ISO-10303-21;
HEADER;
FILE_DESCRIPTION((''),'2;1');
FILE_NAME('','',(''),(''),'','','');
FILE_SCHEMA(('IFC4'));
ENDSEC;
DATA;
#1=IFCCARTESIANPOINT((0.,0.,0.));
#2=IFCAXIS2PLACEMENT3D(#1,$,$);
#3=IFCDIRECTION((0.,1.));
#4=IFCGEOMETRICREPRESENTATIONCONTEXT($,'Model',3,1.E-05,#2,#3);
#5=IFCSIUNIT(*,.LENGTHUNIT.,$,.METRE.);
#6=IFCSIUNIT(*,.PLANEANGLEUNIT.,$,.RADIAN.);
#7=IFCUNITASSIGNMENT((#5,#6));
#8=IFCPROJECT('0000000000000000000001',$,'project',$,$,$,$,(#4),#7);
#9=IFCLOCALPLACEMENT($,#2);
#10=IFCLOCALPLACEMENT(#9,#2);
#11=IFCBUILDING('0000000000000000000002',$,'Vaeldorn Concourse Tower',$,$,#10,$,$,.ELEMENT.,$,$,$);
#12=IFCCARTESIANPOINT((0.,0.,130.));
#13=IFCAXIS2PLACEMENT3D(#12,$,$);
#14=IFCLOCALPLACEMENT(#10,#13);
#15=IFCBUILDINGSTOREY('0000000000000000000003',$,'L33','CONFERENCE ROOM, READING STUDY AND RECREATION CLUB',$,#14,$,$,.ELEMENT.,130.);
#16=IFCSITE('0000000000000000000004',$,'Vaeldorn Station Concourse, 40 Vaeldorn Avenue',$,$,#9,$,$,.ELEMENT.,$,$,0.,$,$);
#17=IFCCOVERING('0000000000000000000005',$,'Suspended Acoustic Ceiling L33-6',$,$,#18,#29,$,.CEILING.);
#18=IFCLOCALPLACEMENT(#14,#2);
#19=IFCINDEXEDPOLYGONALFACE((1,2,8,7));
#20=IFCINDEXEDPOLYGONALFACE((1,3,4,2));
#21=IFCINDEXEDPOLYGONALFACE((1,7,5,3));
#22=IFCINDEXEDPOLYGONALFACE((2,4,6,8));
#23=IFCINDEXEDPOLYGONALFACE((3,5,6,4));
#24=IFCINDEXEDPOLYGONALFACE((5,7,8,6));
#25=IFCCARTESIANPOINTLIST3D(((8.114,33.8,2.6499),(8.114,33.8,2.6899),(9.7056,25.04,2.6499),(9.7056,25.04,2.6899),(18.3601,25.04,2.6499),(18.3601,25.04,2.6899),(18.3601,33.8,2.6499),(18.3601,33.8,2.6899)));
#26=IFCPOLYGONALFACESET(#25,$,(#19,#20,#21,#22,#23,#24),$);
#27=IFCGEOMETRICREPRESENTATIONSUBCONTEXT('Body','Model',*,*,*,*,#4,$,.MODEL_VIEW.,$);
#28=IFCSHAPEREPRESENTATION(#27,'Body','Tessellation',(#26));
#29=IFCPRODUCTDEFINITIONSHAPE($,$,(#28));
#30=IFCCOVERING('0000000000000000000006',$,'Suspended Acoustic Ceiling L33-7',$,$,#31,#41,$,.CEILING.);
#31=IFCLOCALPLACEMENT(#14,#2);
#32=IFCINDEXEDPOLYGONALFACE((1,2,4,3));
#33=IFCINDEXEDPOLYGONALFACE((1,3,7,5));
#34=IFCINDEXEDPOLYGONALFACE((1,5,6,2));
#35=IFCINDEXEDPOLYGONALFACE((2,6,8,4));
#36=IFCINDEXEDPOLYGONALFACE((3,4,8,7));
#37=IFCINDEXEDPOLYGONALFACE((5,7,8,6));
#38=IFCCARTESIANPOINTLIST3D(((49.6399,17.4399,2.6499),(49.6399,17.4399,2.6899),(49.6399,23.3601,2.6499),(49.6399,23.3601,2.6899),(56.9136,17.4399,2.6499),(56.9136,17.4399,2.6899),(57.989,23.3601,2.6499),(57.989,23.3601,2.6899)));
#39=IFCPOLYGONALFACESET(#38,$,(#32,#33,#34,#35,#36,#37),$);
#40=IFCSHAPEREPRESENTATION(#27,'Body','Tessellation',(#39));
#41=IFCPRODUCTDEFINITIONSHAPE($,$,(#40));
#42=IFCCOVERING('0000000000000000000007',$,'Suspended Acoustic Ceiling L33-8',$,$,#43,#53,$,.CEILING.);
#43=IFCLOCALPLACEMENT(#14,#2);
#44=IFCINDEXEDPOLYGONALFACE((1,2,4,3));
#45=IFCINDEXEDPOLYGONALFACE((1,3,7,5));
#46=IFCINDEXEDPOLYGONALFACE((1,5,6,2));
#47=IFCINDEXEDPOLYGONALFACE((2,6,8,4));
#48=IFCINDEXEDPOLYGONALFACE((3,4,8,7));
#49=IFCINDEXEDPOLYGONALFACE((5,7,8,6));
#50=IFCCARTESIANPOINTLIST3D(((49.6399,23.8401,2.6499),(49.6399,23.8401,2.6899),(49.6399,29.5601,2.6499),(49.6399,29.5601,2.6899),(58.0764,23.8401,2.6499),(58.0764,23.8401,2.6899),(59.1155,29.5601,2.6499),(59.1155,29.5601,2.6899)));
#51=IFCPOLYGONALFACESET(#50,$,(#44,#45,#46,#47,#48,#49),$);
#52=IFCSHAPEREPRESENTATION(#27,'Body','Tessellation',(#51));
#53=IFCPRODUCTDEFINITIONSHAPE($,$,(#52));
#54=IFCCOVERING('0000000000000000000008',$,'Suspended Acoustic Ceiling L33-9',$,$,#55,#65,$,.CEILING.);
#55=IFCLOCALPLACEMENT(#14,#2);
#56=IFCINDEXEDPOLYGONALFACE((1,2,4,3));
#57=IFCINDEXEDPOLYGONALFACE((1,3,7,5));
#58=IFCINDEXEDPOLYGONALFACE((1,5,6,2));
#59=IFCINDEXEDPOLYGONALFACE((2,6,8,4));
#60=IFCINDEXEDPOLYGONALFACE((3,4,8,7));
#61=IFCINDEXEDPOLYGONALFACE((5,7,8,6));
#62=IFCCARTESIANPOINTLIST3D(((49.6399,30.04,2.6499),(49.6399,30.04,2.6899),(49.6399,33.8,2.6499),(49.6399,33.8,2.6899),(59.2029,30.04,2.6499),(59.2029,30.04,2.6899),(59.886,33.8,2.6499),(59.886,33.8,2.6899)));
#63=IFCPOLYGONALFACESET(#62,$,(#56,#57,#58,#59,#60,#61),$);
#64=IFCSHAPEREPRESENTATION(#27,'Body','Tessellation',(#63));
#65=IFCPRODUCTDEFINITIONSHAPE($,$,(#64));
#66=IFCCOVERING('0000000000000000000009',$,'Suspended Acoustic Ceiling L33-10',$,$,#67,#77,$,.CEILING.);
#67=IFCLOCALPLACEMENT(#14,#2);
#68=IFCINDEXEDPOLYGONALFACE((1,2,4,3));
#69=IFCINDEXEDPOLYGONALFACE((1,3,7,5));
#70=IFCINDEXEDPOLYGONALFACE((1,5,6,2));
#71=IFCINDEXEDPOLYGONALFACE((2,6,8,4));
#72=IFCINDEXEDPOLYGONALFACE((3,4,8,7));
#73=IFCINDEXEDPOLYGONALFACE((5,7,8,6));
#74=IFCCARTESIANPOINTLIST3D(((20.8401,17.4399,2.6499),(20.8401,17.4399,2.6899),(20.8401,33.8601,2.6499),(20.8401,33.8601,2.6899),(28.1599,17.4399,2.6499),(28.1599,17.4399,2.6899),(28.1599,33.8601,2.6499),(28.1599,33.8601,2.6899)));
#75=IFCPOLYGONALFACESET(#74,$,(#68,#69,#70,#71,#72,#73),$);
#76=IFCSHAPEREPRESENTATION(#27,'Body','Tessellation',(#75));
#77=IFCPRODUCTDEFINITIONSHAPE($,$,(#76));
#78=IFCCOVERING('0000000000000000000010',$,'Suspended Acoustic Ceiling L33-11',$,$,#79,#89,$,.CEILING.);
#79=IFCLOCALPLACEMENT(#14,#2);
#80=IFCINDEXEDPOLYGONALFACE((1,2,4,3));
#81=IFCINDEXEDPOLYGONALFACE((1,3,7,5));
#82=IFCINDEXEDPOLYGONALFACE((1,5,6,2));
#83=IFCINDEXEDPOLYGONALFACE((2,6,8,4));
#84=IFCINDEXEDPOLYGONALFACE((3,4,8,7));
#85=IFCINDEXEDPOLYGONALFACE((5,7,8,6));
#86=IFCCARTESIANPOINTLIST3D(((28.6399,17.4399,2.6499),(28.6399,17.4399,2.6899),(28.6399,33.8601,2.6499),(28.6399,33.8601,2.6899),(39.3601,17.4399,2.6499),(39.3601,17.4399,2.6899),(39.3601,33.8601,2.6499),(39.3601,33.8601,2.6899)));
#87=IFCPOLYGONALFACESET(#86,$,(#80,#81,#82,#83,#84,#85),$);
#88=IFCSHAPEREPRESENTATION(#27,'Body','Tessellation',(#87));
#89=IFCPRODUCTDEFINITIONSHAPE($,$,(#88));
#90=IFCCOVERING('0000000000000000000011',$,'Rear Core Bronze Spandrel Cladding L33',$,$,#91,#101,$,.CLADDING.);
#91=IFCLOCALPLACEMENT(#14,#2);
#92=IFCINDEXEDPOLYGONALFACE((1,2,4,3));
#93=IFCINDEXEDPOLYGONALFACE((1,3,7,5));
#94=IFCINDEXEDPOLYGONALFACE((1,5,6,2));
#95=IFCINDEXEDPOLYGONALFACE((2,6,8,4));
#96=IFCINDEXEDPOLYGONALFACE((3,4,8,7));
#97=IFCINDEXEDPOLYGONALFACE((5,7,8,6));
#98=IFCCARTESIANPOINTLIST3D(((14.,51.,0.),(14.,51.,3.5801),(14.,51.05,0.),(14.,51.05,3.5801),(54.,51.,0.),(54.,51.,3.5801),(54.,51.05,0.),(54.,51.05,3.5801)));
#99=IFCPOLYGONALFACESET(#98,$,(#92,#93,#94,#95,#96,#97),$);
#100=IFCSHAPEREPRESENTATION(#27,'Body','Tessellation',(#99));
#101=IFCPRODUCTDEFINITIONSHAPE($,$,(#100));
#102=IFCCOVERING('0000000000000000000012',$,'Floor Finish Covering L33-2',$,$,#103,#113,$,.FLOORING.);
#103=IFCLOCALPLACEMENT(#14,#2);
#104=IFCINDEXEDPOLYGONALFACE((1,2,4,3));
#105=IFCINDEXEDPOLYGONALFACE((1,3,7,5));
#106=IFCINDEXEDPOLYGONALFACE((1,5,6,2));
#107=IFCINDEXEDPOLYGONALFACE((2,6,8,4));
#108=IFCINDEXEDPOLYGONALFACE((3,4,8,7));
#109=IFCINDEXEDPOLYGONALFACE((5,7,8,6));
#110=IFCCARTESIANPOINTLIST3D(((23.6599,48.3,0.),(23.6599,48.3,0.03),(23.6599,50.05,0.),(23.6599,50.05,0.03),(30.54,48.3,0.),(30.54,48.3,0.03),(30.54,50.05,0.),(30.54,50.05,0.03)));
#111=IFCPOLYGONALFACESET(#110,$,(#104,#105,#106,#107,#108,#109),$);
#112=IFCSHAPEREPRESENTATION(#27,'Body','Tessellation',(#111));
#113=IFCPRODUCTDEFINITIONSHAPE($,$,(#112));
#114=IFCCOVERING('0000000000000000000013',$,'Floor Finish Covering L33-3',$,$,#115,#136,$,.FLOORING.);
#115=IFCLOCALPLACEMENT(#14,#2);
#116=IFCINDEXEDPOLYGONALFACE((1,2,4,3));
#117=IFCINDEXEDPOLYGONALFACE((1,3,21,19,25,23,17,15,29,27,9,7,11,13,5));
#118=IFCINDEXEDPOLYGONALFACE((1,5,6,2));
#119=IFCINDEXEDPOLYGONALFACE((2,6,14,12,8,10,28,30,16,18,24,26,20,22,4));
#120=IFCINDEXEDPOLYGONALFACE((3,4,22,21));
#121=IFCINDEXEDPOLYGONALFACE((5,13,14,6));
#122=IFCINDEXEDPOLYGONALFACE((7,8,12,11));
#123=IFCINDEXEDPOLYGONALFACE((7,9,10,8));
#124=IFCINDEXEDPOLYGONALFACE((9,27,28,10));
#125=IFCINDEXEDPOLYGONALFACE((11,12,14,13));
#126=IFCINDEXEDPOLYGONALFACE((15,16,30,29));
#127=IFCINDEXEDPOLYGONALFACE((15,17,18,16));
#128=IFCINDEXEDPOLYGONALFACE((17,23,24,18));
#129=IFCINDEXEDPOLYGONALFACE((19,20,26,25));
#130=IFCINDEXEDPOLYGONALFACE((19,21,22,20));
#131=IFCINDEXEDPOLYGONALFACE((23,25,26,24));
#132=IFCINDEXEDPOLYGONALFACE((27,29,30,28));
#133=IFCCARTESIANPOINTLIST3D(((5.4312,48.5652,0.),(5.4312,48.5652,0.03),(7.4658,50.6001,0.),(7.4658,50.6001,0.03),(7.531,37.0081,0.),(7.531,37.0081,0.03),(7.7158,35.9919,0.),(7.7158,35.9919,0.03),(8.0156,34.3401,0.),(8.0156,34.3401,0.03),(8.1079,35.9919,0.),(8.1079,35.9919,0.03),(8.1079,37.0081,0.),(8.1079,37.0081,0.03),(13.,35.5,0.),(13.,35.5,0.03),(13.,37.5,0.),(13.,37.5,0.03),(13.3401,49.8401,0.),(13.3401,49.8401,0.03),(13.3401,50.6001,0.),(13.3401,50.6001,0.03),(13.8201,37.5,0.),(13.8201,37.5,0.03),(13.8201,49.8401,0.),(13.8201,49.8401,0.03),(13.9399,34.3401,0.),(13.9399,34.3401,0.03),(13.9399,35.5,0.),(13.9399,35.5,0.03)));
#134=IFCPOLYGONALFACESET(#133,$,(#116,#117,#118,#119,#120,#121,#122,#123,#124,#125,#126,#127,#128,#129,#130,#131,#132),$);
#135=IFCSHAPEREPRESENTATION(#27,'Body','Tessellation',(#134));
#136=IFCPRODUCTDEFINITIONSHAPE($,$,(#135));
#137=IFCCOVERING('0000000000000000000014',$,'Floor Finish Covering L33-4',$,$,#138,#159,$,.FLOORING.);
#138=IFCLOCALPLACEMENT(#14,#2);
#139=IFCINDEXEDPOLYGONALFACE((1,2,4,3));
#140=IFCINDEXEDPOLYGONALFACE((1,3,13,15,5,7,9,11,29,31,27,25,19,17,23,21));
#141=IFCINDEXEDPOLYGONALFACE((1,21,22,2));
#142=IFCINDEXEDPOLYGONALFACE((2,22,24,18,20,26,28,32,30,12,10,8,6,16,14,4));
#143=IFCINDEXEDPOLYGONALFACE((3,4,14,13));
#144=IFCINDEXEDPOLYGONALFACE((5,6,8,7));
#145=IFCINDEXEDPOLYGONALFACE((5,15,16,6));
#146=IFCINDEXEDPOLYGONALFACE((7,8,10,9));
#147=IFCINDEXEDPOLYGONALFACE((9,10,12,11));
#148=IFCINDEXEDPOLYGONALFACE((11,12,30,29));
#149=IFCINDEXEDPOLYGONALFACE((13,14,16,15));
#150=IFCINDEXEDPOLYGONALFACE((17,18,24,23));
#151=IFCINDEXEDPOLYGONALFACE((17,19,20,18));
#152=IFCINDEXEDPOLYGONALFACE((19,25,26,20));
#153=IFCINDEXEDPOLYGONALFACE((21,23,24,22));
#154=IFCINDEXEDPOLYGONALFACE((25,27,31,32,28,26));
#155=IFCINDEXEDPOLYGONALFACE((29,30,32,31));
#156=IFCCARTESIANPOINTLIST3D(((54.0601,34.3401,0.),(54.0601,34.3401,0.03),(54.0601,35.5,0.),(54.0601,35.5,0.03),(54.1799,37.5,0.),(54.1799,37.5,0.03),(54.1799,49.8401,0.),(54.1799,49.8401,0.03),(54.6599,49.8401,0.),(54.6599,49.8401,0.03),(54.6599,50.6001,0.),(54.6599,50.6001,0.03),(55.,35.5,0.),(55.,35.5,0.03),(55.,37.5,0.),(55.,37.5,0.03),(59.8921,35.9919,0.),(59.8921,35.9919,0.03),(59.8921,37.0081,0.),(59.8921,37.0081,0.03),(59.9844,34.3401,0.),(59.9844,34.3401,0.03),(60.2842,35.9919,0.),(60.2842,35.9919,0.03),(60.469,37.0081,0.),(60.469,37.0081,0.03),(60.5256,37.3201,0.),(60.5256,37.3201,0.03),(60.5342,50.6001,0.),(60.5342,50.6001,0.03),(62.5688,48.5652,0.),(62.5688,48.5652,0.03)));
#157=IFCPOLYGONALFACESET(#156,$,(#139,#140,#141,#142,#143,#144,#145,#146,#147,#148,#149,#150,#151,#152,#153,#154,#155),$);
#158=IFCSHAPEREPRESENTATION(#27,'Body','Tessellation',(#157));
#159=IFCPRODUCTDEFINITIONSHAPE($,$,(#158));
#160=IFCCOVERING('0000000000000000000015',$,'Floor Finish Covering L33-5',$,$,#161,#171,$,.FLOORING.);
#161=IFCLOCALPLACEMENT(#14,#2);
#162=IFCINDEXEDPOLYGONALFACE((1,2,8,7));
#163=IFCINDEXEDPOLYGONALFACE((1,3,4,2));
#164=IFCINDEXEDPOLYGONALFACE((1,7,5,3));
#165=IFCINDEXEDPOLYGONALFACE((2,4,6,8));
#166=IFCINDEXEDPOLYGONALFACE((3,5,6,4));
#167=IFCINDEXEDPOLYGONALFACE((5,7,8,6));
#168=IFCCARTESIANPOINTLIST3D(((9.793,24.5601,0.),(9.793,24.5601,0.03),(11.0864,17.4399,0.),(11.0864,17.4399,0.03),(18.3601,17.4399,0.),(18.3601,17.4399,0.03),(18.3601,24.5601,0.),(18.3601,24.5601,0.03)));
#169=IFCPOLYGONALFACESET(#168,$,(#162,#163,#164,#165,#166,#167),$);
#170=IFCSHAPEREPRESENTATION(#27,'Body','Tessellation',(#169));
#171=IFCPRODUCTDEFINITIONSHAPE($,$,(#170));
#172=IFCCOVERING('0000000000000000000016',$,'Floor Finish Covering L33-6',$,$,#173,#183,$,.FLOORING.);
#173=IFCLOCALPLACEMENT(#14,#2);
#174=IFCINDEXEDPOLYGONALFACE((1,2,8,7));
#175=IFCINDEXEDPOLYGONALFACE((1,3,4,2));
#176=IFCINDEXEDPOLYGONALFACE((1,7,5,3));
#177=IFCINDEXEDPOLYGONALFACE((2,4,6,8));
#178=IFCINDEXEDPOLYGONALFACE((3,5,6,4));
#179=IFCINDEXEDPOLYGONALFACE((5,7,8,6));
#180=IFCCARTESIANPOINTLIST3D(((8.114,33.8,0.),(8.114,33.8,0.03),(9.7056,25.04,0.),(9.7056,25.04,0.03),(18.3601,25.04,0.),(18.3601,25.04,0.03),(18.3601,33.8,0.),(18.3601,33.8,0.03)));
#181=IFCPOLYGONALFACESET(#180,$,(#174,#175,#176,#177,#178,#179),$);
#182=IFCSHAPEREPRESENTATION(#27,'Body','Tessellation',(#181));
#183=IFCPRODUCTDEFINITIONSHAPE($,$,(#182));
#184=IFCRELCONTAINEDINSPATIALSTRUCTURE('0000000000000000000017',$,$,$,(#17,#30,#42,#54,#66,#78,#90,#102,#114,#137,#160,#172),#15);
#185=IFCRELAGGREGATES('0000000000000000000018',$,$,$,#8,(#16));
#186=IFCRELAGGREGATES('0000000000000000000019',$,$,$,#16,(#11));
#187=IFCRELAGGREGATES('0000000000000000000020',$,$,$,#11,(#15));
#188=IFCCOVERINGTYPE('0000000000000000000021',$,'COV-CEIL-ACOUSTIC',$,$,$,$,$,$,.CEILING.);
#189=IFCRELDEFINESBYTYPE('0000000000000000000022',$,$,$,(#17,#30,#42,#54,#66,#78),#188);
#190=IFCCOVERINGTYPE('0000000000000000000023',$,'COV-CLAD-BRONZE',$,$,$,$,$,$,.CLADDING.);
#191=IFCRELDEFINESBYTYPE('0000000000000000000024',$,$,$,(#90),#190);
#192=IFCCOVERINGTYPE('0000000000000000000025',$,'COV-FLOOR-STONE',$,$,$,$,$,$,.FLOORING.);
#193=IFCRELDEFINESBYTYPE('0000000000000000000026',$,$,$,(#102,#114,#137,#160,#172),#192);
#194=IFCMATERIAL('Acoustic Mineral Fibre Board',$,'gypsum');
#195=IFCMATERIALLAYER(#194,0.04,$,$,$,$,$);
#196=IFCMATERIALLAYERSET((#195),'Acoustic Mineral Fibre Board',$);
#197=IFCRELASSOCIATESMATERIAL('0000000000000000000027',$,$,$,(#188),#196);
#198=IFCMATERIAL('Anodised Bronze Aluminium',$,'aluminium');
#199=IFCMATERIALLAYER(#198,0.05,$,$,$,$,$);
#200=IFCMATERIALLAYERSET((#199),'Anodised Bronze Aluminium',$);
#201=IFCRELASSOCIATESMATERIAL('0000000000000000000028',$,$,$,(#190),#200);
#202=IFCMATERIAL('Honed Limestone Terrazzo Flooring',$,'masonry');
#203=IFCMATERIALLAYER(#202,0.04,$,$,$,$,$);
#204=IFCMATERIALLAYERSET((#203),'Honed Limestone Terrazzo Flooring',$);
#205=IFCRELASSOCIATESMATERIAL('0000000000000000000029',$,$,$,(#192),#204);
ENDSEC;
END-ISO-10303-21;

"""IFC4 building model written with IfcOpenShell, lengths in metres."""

from ifc_helpers import new_model, si_unit, direction, frame, origin, place, context, subcontext, project, spatial, polyline, outline, extrude, material, layer, layer_set, type_object, element, save


model = new_model("IFC4")

# Units and contexts
model_context = context("Model", 3, precision=1e-05, world=origin(), true_north=direction((0.0, 1.0)))
body_context = subcontext(model_context, "Body", "Model", "MODEL_VIEW")
ifc_project = project(units=[si_unit("LENGTHUNIT", "METRE"), si_unit("PLANEANGLEUNIT", "RADIAN")], contexts=[model_context])

# Site, building, storey
site_placement = place(None, origin())
site = spatial("IfcSite", under=ifc_project, at=site_placement, Name="Vaeldorn Station Concourse, 40 Vaeldorn Avenue", CompositionType="ELEMENT", RefElevation=0.0)
building_placement = place(site_placement, origin())
building = spatial("IfcBuilding", under=site, at=building_placement, Name="Vaeldorn Concourse Tower", CompositionType="ELEMENT")
storey_placement = place(building_placement, frame((0.0, 0.0, 130.0)))
storey = spatial("IfcBuildingStorey", under=building, at=storey_placement, Name="L33", Description="CONFERENCE ROOM, READING STUDY AND RECREATION CLUB", CompositionType="ELEMENT", Elevation=130.0)

# Coverings
ifc_material_1 = material(Name="Acoustic Mineral Fibre Board", Category="gypsum")
ifc_layer_1 = layer(ifc_material_1, 0.04)
ifc_layer_set_1 = layer_set([ifc_layer_1], Name="Acoustic Mineral Fibre Board")
covering_type_1 = type_object("IfcCoveringType", Name="COV-CEIL-ACOUSTIC", PredefinedType="CEILING", material=ifc_layer_set_1)
covering_1_placement = place(storey_placement, frame((0.0, 0.0, 2.6499)))
element("IfcCovering", 1, at=covering_1_placement, inside=storey, type_object=covering_type_1, Name="Suspended Acoustic Ceiling L33-6", PredefinedType="CEILING", context=body_context, shape_type="SweptSolid", body=[
    extrude(outline(polyline([(18.3601, 33.8), (18.3601, 25.04), (9.7056, 25.04), (8.114, 33.8), (18.3601, 33.8)])), origin(), (0.0, 0.0, 1.0), 0.04),
])
covering_2_placement = place(storey_placement, frame((0.0, 0.0, 2.6499)))
element("IfcCovering", 2, at=covering_2_placement, inside=storey, type_object=covering_type_1, Name="Suspended Acoustic Ceiling L33-7", PredefinedType="CEILING", context=body_context, shape_type="SweptSolid", body=[
    extrude(outline(polyline([(49.6399, 17.4399), (49.6399, 23.3601), (57.989, 23.3601), (56.9136, 17.4399), (49.6399, 17.4399)])), origin(), (0.0, 0.0, 1.0), 0.04),
])
covering_3_placement = place(storey_placement, frame((0.0, 0.0, 2.6499)))
element("IfcCovering", 3, at=covering_3_placement, inside=storey, type_object=covering_type_1, Name="Suspended Acoustic Ceiling L33-8", PredefinedType="CEILING", context=body_context, shape_type="SweptSolid", body=[
    extrude(outline(polyline([(49.6399, 23.8401), (49.6399, 29.5601), (59.1155, 29.5601), (58.0764, 23.8401), (49.6399, 23.8401)])), origin(), (0.0, 0.0, 1.0), 0.04),
])
covering_4_placement = place(storey_placement, frame((0.0, 0.0, 2.6499)))
element("IfcCovering", 4, at=covering_4_placement, inside=storey, type_object=covering_type_1, Name="Suspended Acoustic Ceiling L33-9", PredefinedType="CEILING", context=body_context, shape_type="SweptSolid", body=[
    extrude(outline(polyline([(49.6399, 30.04), (49.6399, 33.8), (59.886, 33.8), (59.2029, 30.04), (49.6399, 30.04)])), origin(), (0.0, 0.0, 1.0), 0.04),
])
covering_5_placement = place(storey_placement, frame((0.0, 0.0, 2.6499)))
element("IfcCovering", 5, at=covering_5_placement, inside=storey, type_object=covering_type_1, Name="Suspended Acoustic Ceiling L33-10", PredefinedType="CEILING", context=body_context, shape_type="SweptSolid", body=[
    extrude(outline(polyline([(20.8401, 33.8601), (28.1599, 33.8601), (28.1599, 17.4399), (20.8401, 17.4399), (20.8401, 33.8601)])), origin(), (0.0, 0.0, 1.0), 0.04),
])
covering_6_placement = place(storey_placement, frame((0.0, 0.0, 2.6499)))
element("IfcCovering", 6, at=covering_6_placement, inside=storey, type_object=covering_type_1, Name="Suspended Acoustic Ceiling L33-11", PredefinedType="CEILING", context=body_context, shape_type="SweptSolid", body=[
    extrude(outline(polyline([(28.6399, 33.8601), (39.3601, 33.8601), (39.3601, 17.4399), (28.6399, 17.4399), (28.6399, 33.8601)])), origin(), (0.0, 0.0, 1.0), 0.04),
])
ifc_material_2 = material(Name="Anodised Bronze Aluminium", Category="aluminium")
ifc_layer_2 = layer(ifc_material_2, 0.05)
ifc_layer_set_2 = layer_set([ifc_layer_2], Name="Anodised Bronze Aluminium")
covering_type_2 = type_object("IfcCoveringType", Name="COV-CLAD-BRONZE", PredefinedType="CLADDING", material=ifc_layer_set_2)
covering_7_placement = place(storey_placement, origin())
element("IfcCovering", 7, at=covering_7_placement, inside=storey, type_object=covering_type_2, Name="Rear Core Bronze Spandrel Cladding L33", PredefinedType="CLADDING", context=body_context, shape_type="SweptSolid", body=[
    extrude(outline(polyline([(14.0, 51.0), (54.0, 51.0), (54.0, 51.05), (14.0, 51.05), (14.0, 51.0)])), origin(), (0.0, 0.0, 1.0), 3.5801),
])
ifc_material_3 = material(Name="Honed Limestone Terrazzo Flooring", Category="masonry")
ifc_layer_3 = layer(ifc_material_3, 0.04)
ifc_layer_set_3 = layer_set([ifc_layer_3], Name="Honed Limestone Terrazzo Flooring")
covering_type_3 = type_object("IfcCoveringType", Name="COV-FLOOR-STONE", PredefinedType="FLOORING", material=ifc_layer_set_3)
covering_8_placement = place(storey_placement, origin())
element("IfcCovering", 8, at=covering_8_placement, inside=storey, type_object=covering_type_3, Name="Floor Finish Covering L33-2", PredefinedType="FLOORING", context=body_context, shape_type="SweptSolid", body=[
    extrude(outline(polyline([(30.54, 50.05), (30.54, 48.3), (23.6599, 48.3), (23.6599, 50.05), (30.54, 50.05)])), origin(), (0.0, 0.0, 1.0), 0.03),
])
covering_9_placement = place(storey_placement, origin())
element("IfcCovering", 9, at=covering_9_placement, inside=storey, type_object=covering_type_3, Name="Floor Finish Covering L33-3", PredefinedType="FLOORING", context=body_context, shape_type="SweptSolid", body=[
    extrude(outline(polyline([(7.4658, 50.6001), (13.3401, 50.6001), (13.3401, 49.8401), (13.8201, 49.8401), (13.8201, 37.5), (13.0, 37.5), (13.0, 35.5), (13.9399, 35.5), (13.9399, 34.3401), (8.0156, 34.3401), (7.7158, 35.9919), (8.1079, 35.9919), (8.1079, 37.0081), (7.531, 37.0081), (5.4312, 48.5652), (7.4658, 50.6001)])), origin(), (0.0, 0.0, 1.0), 0.03),
])
covering_10_placement = place(storey_placement, origin())
element("IfcCovering", 10, at=covering_10_placement, inside=storey, type_object=covering_type_3, Name="Floor Finish Covering L33-4", PredefinedType="FLOORING", context=body_context, shape_type="SweptSolid", body=[
    extrude(outline(polyline([(54.1799, 49.8401), (54.6599, 49.8401), (54.6599, 50.6001), (60.5342, 50.6001), (62.5688, 48.5652), (60.5256, 37.3201), (60.5256, 37.3201), (60.469, 37.0081), (59.8921, 37.0081), (59.8921, 35.9919), (60.2842, 35.9919), (59.9844, 34.3401), (54.0601, 34.3401), (54.0601, 35.5), (55.0, 35.5), (55.0, 37.5), (54.1799, 37.5), (54.1799, 49.8401)])), origin(), (0.0, 0.0, 1.0), 0.03),
])
covering_11_placement = place(storey_placement, origin())
element("IfcCovering", 11, at=covering_11_placement, inside=storey, type_object=covering_type_3, Name="Floor Finish Covering L33-5", PredefinedType="FLOORING", context=body_context, shape_type="SweptSolid", body=[
    extrude(outline(polyline([(18.3601, 24.5601), (18.3601, 17.4399), (11.0864, 17.4399), (9.793, 24.5601), (18.3601, 24.5601)])), origin(), (0.0, 0.0, 1.0), 0.03),
])
covering_12_placement = place(storey_placement, origin())
element("IfcCovering", 12, at=covering_12_placement, inside=storey, type_object=covering_type_3, Name="Floor Finish Covering L33-6", PredefinedType="FLOORING", context=body_context, shape_type="SweptSolid", body=[
    extrude(outline(polyline([(18.3601, 33.8), (18.3601, 25.04), (9.7056, 25.04), (8.114, 33.8), (18.3601, 33.8)])), origin(), (0.0, 0.0, 1.0), 0.03),
])

save(model, "model.ifc")
